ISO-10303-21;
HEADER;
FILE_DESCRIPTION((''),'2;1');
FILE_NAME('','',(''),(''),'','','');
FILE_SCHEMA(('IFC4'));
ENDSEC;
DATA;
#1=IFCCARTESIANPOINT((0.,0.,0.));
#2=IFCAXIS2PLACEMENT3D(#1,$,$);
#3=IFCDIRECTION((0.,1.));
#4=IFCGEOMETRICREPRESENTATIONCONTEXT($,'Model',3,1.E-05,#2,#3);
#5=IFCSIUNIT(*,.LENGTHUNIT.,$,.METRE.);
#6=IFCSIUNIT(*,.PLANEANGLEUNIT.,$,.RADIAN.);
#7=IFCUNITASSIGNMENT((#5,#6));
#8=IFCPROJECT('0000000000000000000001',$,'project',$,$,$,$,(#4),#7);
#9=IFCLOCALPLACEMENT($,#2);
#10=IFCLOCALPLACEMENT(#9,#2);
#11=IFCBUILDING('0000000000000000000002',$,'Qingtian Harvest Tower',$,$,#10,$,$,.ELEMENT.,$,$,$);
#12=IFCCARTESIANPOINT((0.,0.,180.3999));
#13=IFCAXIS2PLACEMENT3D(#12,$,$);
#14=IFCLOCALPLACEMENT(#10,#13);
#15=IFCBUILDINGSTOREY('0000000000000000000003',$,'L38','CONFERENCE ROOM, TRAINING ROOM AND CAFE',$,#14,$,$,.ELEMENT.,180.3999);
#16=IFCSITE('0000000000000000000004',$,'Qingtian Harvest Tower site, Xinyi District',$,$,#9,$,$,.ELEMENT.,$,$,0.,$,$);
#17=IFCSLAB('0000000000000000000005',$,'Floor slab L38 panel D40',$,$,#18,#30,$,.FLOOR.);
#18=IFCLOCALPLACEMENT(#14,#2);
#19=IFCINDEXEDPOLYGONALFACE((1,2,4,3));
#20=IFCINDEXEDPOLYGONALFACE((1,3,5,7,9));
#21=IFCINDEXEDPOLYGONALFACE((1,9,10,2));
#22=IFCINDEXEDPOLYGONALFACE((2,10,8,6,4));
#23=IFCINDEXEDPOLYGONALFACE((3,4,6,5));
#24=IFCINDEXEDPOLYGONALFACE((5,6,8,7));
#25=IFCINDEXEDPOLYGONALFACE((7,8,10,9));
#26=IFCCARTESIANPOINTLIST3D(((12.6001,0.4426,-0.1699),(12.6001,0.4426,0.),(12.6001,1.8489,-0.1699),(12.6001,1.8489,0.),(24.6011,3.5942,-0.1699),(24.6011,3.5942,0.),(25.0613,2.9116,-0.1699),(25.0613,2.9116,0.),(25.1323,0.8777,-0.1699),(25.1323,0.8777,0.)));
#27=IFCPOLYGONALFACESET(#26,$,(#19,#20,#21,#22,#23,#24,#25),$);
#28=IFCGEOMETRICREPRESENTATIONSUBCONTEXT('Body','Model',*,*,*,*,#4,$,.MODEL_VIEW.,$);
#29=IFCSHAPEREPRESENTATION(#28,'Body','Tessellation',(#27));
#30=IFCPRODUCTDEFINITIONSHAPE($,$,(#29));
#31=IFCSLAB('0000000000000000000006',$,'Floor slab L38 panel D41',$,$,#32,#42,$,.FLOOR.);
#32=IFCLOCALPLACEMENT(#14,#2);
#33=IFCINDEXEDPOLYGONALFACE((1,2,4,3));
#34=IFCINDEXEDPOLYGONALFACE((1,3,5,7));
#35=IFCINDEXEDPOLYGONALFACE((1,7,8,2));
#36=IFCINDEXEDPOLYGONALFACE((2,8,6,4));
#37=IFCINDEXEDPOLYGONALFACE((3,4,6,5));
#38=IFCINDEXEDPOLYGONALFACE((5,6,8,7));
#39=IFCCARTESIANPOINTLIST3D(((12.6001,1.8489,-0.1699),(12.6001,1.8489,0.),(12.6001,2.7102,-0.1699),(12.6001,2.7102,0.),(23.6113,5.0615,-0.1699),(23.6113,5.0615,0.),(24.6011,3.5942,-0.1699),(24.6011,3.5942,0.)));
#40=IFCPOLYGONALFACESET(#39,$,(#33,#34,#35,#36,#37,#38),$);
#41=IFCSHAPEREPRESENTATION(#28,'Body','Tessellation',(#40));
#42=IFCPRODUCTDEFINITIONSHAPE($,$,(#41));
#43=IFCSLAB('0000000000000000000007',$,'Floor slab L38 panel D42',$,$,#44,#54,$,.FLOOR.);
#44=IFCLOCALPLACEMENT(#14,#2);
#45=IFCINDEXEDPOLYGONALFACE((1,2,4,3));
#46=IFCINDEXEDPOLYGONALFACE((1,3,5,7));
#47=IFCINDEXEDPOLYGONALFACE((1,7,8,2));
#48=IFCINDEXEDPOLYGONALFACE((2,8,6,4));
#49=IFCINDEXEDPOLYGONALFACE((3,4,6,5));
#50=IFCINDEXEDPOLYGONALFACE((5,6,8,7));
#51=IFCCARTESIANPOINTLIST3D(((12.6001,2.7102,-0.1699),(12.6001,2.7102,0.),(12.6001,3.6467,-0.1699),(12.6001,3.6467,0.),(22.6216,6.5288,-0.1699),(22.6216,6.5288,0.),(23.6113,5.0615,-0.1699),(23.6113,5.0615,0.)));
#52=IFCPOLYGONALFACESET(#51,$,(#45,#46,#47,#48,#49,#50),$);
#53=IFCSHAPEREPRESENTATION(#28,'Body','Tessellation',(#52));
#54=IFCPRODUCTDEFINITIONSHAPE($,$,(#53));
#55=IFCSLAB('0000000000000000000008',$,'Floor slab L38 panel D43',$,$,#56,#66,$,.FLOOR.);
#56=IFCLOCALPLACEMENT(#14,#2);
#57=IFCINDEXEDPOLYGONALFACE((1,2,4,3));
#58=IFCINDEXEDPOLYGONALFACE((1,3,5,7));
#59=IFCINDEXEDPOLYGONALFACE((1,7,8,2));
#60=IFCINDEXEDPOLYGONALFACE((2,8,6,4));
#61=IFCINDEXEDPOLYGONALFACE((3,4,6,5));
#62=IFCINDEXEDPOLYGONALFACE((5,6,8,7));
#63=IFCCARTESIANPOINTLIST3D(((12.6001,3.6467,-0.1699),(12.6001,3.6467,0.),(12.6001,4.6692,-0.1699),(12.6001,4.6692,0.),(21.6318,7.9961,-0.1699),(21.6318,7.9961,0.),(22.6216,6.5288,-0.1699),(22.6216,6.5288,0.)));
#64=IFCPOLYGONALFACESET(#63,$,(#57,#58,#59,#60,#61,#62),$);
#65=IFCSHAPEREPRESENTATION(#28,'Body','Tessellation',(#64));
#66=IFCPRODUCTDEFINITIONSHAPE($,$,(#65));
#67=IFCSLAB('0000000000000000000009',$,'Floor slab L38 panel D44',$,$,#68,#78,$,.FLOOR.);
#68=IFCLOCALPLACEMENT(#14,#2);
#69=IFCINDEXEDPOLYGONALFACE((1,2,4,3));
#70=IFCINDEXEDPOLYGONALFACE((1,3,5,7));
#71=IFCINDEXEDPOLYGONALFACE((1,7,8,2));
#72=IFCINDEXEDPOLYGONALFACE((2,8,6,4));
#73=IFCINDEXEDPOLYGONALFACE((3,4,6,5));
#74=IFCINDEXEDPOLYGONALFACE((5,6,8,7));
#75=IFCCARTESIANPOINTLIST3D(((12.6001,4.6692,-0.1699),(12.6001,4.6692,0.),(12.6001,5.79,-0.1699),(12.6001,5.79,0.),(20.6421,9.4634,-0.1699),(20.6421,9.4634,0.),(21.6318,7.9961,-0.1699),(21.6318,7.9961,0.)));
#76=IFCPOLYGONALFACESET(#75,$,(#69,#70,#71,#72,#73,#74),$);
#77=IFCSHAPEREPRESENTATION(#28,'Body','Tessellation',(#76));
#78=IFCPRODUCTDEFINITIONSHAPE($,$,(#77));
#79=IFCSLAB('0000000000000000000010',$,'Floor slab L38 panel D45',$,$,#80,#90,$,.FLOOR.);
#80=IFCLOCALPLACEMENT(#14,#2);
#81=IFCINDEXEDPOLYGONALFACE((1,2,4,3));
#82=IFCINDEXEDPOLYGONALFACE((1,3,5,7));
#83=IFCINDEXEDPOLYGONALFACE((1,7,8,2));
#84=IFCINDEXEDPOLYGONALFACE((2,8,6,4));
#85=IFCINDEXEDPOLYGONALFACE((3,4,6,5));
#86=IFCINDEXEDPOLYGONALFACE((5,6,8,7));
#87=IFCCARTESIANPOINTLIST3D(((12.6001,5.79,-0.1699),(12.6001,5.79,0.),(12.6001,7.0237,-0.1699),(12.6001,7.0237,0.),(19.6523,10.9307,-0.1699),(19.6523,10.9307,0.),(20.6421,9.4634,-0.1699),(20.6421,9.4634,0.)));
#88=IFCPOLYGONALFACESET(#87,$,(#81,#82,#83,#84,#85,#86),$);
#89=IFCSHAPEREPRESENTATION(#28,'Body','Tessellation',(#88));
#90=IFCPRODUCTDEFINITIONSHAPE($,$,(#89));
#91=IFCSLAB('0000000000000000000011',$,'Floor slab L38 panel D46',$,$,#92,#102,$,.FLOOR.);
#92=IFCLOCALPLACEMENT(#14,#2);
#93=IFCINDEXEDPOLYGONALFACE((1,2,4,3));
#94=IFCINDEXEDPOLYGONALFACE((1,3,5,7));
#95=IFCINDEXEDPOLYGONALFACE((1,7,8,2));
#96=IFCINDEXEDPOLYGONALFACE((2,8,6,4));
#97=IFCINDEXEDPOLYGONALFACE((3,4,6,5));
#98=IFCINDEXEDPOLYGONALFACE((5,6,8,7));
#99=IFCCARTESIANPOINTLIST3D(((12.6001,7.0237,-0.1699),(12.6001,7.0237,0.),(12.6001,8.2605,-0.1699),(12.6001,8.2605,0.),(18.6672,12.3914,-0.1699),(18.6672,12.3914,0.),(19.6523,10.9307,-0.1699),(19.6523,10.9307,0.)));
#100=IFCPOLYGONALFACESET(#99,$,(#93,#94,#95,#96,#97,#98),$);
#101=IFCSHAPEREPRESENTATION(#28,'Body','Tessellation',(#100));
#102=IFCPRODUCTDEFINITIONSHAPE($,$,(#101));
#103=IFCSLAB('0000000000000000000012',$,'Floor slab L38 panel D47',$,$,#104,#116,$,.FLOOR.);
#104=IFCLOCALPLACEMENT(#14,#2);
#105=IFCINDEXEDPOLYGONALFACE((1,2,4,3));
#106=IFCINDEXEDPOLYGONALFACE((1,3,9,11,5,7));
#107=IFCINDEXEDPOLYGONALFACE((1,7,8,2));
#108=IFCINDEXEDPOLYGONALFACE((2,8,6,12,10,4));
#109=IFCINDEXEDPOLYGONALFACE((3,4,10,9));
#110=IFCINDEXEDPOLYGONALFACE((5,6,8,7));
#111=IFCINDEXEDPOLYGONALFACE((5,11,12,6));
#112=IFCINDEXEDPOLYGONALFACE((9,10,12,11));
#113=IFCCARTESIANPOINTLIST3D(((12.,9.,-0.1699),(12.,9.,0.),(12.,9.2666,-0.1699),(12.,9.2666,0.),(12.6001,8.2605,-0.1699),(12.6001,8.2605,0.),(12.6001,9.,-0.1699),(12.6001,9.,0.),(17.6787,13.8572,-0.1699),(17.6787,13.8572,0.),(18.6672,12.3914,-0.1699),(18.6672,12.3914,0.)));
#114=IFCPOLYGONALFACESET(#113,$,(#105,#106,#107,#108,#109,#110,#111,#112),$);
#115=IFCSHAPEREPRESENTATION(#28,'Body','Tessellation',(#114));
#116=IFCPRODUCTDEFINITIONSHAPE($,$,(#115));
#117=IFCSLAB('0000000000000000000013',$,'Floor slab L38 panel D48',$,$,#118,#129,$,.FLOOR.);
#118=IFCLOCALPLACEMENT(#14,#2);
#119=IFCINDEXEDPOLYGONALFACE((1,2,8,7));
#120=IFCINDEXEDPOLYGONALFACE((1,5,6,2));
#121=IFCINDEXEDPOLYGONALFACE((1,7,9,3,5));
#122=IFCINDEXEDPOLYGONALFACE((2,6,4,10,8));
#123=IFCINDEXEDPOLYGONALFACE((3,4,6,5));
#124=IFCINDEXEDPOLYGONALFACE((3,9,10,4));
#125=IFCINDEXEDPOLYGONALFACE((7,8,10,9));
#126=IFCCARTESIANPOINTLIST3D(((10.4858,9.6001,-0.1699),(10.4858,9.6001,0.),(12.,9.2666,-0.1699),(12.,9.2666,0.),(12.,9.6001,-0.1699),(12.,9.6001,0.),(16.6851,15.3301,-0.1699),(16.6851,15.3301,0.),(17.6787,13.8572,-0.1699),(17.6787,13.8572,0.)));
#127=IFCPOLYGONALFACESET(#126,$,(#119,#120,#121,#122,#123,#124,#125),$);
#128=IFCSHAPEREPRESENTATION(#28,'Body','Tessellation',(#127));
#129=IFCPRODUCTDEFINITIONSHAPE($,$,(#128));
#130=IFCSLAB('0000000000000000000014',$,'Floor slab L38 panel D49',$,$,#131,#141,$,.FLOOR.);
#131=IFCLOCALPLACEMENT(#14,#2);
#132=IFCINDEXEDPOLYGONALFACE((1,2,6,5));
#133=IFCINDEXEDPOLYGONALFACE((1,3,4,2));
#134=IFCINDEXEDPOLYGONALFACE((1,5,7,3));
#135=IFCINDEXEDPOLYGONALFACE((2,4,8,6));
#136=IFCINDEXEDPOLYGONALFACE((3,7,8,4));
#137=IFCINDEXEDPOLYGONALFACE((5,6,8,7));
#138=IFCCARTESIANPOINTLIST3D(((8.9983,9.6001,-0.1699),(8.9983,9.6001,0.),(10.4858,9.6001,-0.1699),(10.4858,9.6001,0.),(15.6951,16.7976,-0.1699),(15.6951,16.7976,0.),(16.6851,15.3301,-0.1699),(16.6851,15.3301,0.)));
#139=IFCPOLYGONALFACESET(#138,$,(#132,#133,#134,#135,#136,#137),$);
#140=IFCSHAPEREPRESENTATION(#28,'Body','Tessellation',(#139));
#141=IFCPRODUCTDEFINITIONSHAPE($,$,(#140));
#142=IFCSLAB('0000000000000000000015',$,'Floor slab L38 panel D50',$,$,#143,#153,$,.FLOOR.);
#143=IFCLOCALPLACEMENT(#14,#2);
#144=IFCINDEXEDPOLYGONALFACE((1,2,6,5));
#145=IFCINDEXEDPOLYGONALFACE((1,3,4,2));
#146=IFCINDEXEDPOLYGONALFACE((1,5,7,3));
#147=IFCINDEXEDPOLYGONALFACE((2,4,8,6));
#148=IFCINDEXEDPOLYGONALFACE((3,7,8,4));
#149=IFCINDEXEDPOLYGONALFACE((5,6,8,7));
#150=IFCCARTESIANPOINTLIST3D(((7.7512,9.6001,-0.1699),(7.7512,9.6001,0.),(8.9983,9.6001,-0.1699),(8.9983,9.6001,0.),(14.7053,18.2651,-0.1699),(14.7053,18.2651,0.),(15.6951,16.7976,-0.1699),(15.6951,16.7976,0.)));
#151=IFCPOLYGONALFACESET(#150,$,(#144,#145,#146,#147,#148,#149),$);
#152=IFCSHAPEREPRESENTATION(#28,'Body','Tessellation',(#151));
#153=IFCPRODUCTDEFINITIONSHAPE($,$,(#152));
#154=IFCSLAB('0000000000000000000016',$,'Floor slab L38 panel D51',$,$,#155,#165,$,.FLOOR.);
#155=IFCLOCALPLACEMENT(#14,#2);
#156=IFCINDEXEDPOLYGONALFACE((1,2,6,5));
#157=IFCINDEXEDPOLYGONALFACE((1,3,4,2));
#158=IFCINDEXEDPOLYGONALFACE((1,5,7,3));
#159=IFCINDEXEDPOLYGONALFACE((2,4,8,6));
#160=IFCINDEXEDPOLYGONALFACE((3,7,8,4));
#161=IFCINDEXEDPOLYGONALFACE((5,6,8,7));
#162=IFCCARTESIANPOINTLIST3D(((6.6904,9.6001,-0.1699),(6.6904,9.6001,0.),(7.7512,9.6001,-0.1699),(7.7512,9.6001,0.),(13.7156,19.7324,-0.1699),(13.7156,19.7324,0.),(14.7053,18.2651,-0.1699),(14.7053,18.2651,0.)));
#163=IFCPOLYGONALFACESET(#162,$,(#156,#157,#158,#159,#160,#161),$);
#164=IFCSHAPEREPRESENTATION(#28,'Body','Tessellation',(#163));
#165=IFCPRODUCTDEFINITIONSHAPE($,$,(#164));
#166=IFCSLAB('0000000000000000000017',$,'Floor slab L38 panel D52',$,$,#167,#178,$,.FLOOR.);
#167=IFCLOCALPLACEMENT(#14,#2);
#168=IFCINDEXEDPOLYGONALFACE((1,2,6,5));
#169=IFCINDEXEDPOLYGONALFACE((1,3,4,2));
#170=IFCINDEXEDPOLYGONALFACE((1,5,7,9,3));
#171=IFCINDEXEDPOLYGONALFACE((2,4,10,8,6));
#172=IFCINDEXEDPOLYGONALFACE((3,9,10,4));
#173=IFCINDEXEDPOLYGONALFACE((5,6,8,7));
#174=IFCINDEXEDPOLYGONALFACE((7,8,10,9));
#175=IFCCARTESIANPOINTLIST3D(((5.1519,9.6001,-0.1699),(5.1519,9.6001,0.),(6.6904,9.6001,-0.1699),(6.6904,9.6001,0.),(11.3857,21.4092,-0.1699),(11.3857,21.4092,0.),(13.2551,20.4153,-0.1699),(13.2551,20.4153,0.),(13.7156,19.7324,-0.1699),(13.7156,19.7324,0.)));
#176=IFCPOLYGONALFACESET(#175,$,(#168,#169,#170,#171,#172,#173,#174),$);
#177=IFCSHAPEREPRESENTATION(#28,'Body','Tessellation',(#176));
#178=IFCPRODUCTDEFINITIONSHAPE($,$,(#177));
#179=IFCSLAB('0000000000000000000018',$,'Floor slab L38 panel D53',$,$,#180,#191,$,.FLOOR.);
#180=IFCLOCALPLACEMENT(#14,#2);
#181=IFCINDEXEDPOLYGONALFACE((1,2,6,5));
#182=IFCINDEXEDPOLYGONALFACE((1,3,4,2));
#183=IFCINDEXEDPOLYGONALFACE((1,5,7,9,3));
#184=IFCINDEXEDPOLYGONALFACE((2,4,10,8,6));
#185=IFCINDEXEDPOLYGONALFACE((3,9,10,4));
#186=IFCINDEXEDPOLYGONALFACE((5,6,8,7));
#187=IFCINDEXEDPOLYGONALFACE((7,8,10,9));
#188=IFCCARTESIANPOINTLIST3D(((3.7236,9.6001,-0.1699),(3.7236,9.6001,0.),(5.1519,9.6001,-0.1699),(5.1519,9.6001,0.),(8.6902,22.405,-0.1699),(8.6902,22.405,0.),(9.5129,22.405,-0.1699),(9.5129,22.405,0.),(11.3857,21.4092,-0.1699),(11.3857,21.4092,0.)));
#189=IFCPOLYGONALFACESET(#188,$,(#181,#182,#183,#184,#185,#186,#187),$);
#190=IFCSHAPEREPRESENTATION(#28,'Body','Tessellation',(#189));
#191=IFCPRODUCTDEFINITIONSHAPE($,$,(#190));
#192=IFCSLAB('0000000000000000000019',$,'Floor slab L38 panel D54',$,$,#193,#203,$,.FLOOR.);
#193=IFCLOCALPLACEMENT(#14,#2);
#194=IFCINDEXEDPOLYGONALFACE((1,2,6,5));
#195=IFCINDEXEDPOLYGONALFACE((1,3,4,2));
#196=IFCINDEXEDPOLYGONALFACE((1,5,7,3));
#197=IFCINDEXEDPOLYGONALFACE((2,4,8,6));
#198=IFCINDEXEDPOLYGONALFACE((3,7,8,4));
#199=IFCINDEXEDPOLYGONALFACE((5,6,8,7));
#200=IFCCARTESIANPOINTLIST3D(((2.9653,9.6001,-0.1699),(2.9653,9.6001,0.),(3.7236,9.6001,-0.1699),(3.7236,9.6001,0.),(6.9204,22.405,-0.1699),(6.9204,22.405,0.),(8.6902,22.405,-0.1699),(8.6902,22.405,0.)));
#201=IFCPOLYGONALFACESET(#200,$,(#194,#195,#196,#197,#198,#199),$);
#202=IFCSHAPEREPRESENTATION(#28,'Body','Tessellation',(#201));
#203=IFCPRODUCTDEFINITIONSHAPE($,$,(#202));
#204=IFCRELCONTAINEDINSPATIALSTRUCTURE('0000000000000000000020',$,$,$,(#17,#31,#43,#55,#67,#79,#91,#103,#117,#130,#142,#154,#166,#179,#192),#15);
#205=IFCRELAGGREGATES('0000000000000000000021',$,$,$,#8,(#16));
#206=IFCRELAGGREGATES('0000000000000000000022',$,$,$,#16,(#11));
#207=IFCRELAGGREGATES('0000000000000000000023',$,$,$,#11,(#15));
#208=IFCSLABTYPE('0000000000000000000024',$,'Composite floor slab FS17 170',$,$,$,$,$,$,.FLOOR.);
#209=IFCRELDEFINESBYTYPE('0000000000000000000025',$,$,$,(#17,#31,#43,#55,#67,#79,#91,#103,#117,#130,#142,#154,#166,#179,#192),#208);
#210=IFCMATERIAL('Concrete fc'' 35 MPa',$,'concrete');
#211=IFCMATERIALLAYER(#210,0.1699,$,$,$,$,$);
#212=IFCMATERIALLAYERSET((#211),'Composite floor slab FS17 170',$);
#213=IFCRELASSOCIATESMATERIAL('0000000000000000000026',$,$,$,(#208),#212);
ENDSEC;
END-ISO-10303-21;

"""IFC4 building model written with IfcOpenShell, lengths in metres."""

from ifc_helpers import new_model, si_unit, direction, frame, origin, place, context, subcontext, project, spatial, polyline, outline, extrude, material, layer, layer_set, type_object, element, save


model = new_model("IFC4")

# Units and contexts
model_context = context("Model", 3, precision=1e-05, world=origin(), true_north=direction((0.0, 1.0)))
body_context = subcontext(model_context, "Body", "Model", "MODEL_VIEW")
ifc_project = project(units=[si_unit("LENGTHUNIT", "METRE"), si_unit("PLANEANGLEUNIT", "RADIAN")], contexts=[model_context])

# Site, building, storey
site_placement = place(None, origin())
site = spatial("IfcSite", under=ifc_project, at=site_placement, Name="Qingtian Harvest Tower site, Xinyi District", CompositionType="ELEMENT", RefElevation=0.0)
building_placement = place(site_placement, origin())
building = spatial("IfcBuilding", under=site, at=building_placement, Name="Qingtian Harvest Tower", CompositionType="ELEMENT")
storey_placement = place(building_placement, frame((0.0, 0.0, 180.3999)))
storey = spatial("IfcBuildingStorey", under=building, at=storey_placement, Name="L38", Description="CONFERENCE ROOM, TRAINING ROOM AND CAFE", CompositionType="ELEMENT", Elevation=180.3999)

# Slabs
ifc_material_1 = material(Name="Concrete fc' 35 MPa", Category="concrete")
ifc_layer_1 = layer(ifc_material_1, 0.1699)
ifc_layer_set_1 = layer_set([ifc_layer_1], Name="Composite floor slab FS17 170")
slab_type = type_object("IfcSlabType", Name="Composite floor slab FS17 170", PredefinedType="FLOOR", material=ifc_layer_set_1)
slab_1_placement = place(storey_placement, frame((0.0, 0.0, -0.1699)))
element("IfcSlab", 1, at=slab_1_placement, inside=storey, type_object=slab_type, Name="Floor slab L38 panel D40", PredefinedType="FLOOR", context=body_context, shape_type="SweptSolid", body=[
    extrude(outline(polyline([(12.6001, 0.4426), (12.6001, 1.8489), (24.6011, 3.5942), (25.0613, 2.9116), (25.1323, 0.8777), (12.6001, 0.4426)])), origin(), (0.0, 0.0, 1.0), 0.1699),
])
slab_2_placement = place(storey_placement, frame((0.0, 0.0, -0.1699)))
element("IfcSlab", 2, at=slab_2_placement, inside=storey, type_object=slab_type, Name="Floor slab L38 panel D41", PredefinedType="FLOOR", context=body_context, shape_type="SweptSolid", body=[
    extrude(outline(polyline([(12.6001, 2.7102), (23.6113, 5.0615), (24.6011, 3.5942), (12.6001, 1.8489), (12.6001, 2.7102)])), origin(), (0.0, 0.0, 1.0), 0.1699),
])
slab_3_placement = place(storey_placement, frame((0.0, 0.0, -0.1699)))
element("IfcSlab", 3, at=slab_3_placement, inside=storey, type_object=slab_type, Name="Floor slab L38 panel D42", PredefinedType="FLOOR", context=body_context, shape_type="SweptSolid", body=[
    extrude(outline(polyline([(12.6001, 3.6467), (22.6216, 6.5288), (23.6113, 5.0615), (12.6001, 2.7102), (12.6001, 3.6467)])), origin(), (0.0, 0.0, 1.0), 0.1699),
])
slab_4_placement = place(storey_placement, frame((0.0, 0.0, -0.1699)))
element("IfcSlab", 4, at=slab_4_placement, inside=storey, type_object=slab_type, Name="Floor slab L38 panel D43", PredefinedType="FLOOR", context=body_context, shape_type="SweptSolid", body=[
    extrude(outline(polyline([(12.6001, 4.6692), (21.6318, 7.9961), (22.6216, 6.5288), (12.6001, 3.6467), (12.6001, 4.6692)])), origin(), (0.0, 0.0, 1.0), 0.1699),
])
slab_5_placement = place(storey_placement, frame((0.0, 0.0, -0.1699)))
element("IfcSlab", 5, at=slab_5_placement, inside=storey, type_object=slab_type, Name="Floor slab L38 panel D44", PredefinedType="FLOOR", context=body_context, shape_type="SweptSolid", body=[
    extrude(outline(polyline([(12.6001, 5.79), (20.6421, 9.4634), (21.6318, 7.9961), (12.6001, 4.6692), (12.6001, 5.79)])), origin(), (0.0, 0.0, 1.0), 0.1699),
])
slab_6_placement = place(storey_placement, frame((0.0, 0.0, -0.1699)))
element("IfcSlab", 6, at=slab_6_placement, inside=storey, type_object=slab_type, Name="Floor slab L38 panel D45", PredefinedType="FLOOR", context=body_context, shape_type="SweptSolid", body=[
    extrude(outline(polyline([(12.6001, 7.0237), (19.6523, 10.9307), (20.6421, 9.4634), (12.6001, 5.79), (12.6001, 7.0237)])), origin(), (0.0, 0.0, 1.0), 0.1699),
])
slab_7_placement = place(storey_placement, frame((0.0, 0.0, -0.1699)))
element("IfcSlab", 7, at=slab_7_placement, inside=storey, type_object=slab_type, Name="Floor slab L38 panel D46", PredefinedType="FLOOR", context=body_context, shape_type="SweptSolid", body=[
    extrude(outline(polyline([(12.6001, 8.2605), (18.6672, 12.3914), (19.6523, 10.9307), (12.6001, 7.0237), (12.6001, 8.2605)])), origin(), (0.0, 0.0, 1.0), 0.1699),
])
slab_8_placement = place(storey_placement, frame((0.0, 0.0, -0.1699)))
element("IfcSlab", 8, at=slab_8_placement, inside=storey, type_object=slab_type, Name="Floor slab L38 panel D47", PredefinedType="FLOOR", context=body_context, shape_type="SweptSolid", body=[
    extrude(outline(polyline([(12.6001, 9.0), (12.0, 9.0), (12.0, 9.2666), (17.6787, 13.8572), (18.6672, 12.3914), (12.6001, 8.2605), (12.6001, 9.0)])), origin(), (0.0, 0.0, 1.0), 0.1699),
])
slab_9_placement = place(storey_placement, frame((0.0, 0.0, -0.1699)))
element("IfcSlab", 9, at=slab_9_placement, inside=storey, type_object=slab_type, Name="Floor slab L38 panel D48", PredefinedType="FLOOR", context=body_context, shape_type="SweptSolid", body=[
    extrude(outline(polyline([(12.0, 9.6001), (10.4858, 9.6001), (16.6851, 15.3301), (17.6787, 13.8572), (12.0, 9.2666), (12.0, 9.6001)])), origin(), (0.0, 0.0, 1.0), 0.1699),
])
slab_10_placement = place(storey_placement, frame((0.0, 0.0, -0.1699)))
element("IfcSlab", 10, at=slab_10_placement, inside=storey, type_object=slab_type, Name="Floor slab L38 panel D49", PredefinedType="FLOOR", context=body_context, shape_type="SweptSolid", body=[
    extrude(outline(polyline([(8.9983, 9.6001), (15.6951, 16.7976), (16.6851, 15.3301), (10.4858, 9.6001), (8.9983, 9.6001)])), origin(), (0.0, 0.0, 1.0), 0.1699),
])
slab_11_placement = place(storey_placement, frame((0.0, 0.0, -0.1699)))
element("IfcSlab", 11, at=slab_11_placement, inside=storey, type_object=slab_type, Name="Floor slab L38 panel D50", PredefinedType="FLOOR", context=body_context, shape_type="SweptSolid", body=[
    extrude(outline(polyline([(7.7512, 9.6001), (14.7053, 18.2651), (15.6951, 16.7976), (8.9983, 9.6001), (7.7512, 9.6001)])), origin(), (0.0, 0.0, 1.0), 0.1699),
])
slab_12_placement = place(storey_placement, frame((0.0, 0.0, -0.1699)))
element("IfcSlab", 12, at=slab_12_placement, inside=storey, type_object=slab_type, Name="Floor slab L38 panel D51", PredefinedType="FLOOR", context=body_context, shape_type="SweptSolid", body=[
    extrude(outline(polyline([(6.6904, 9.6001), (13.7156, 19.7324), (14.7053, 18.2651), (7.7512, 9.6001), (6.6904, 9.6001)])), origin(), (0.0, 0.0, 1.0), 0.1699),
])
slab_13_placement = place(storey_placement, frame((0.0, 0.0, -0.1699)))
element("IfcSlab", 13, at=slab_13_placement, inside=storey, type_object=slab_type, Name="Floor slab L38 panel D52", PredefinedType="FLOOR", context=body_context, shape_type="SweptSolid", body=[
    extrude(outline(polyline([(6.6904, 9.6001), (5.1519, 9.6001), (11.3857, 21.4092), (13.2551, 20.4153), (13.7156, 19.7324), (6.6904, 9.6001)])), origin(), (0.0, 0.0, 1.0), 0.1699),
])
slab_14_placement = place(storey_placement, frame((0.0, 0.0, -0.1699)))
element("IfcSlab", 14, at=slab_14_placement, inside=storey, type_object=slab_type, Name="Floor slab L38 panel D53", PredefinedType="FLOOR", context=body_context, shape_type="SweptSolid", body=[
    extrude(outline(polyline([(3.7236, 9.6001), (8.6902, 22.405), (9.5129, 22.405), (11.3857, 21.4092), (5.1519, 9.6001), (3.7236, 9.6001)])), origin(), (0.0, 0.0, 1.0), 0.1699),
])
slab_15_placement = place(storey_placement, frame((0.0, 0.0, -0.1699)))
element("IfcSlab", 15, at=slab_15_placement, inside=storey, type_object=slab_type, Name="Floor slab L38 panel D54", PredefinedType="FLOOR", context=body_context, shape_type="SweptSolid", body=[
    extrude(outline(polyline([(2.9653, 9.6001), (6.9204, 22.405), (8.6902, 22.405), (3.7236, 9.6001), (2.9653, 9.6001)])), origin(), (0.0, 0.0, 1.0), 0.1699),
])

save(model, "model.ifc")
